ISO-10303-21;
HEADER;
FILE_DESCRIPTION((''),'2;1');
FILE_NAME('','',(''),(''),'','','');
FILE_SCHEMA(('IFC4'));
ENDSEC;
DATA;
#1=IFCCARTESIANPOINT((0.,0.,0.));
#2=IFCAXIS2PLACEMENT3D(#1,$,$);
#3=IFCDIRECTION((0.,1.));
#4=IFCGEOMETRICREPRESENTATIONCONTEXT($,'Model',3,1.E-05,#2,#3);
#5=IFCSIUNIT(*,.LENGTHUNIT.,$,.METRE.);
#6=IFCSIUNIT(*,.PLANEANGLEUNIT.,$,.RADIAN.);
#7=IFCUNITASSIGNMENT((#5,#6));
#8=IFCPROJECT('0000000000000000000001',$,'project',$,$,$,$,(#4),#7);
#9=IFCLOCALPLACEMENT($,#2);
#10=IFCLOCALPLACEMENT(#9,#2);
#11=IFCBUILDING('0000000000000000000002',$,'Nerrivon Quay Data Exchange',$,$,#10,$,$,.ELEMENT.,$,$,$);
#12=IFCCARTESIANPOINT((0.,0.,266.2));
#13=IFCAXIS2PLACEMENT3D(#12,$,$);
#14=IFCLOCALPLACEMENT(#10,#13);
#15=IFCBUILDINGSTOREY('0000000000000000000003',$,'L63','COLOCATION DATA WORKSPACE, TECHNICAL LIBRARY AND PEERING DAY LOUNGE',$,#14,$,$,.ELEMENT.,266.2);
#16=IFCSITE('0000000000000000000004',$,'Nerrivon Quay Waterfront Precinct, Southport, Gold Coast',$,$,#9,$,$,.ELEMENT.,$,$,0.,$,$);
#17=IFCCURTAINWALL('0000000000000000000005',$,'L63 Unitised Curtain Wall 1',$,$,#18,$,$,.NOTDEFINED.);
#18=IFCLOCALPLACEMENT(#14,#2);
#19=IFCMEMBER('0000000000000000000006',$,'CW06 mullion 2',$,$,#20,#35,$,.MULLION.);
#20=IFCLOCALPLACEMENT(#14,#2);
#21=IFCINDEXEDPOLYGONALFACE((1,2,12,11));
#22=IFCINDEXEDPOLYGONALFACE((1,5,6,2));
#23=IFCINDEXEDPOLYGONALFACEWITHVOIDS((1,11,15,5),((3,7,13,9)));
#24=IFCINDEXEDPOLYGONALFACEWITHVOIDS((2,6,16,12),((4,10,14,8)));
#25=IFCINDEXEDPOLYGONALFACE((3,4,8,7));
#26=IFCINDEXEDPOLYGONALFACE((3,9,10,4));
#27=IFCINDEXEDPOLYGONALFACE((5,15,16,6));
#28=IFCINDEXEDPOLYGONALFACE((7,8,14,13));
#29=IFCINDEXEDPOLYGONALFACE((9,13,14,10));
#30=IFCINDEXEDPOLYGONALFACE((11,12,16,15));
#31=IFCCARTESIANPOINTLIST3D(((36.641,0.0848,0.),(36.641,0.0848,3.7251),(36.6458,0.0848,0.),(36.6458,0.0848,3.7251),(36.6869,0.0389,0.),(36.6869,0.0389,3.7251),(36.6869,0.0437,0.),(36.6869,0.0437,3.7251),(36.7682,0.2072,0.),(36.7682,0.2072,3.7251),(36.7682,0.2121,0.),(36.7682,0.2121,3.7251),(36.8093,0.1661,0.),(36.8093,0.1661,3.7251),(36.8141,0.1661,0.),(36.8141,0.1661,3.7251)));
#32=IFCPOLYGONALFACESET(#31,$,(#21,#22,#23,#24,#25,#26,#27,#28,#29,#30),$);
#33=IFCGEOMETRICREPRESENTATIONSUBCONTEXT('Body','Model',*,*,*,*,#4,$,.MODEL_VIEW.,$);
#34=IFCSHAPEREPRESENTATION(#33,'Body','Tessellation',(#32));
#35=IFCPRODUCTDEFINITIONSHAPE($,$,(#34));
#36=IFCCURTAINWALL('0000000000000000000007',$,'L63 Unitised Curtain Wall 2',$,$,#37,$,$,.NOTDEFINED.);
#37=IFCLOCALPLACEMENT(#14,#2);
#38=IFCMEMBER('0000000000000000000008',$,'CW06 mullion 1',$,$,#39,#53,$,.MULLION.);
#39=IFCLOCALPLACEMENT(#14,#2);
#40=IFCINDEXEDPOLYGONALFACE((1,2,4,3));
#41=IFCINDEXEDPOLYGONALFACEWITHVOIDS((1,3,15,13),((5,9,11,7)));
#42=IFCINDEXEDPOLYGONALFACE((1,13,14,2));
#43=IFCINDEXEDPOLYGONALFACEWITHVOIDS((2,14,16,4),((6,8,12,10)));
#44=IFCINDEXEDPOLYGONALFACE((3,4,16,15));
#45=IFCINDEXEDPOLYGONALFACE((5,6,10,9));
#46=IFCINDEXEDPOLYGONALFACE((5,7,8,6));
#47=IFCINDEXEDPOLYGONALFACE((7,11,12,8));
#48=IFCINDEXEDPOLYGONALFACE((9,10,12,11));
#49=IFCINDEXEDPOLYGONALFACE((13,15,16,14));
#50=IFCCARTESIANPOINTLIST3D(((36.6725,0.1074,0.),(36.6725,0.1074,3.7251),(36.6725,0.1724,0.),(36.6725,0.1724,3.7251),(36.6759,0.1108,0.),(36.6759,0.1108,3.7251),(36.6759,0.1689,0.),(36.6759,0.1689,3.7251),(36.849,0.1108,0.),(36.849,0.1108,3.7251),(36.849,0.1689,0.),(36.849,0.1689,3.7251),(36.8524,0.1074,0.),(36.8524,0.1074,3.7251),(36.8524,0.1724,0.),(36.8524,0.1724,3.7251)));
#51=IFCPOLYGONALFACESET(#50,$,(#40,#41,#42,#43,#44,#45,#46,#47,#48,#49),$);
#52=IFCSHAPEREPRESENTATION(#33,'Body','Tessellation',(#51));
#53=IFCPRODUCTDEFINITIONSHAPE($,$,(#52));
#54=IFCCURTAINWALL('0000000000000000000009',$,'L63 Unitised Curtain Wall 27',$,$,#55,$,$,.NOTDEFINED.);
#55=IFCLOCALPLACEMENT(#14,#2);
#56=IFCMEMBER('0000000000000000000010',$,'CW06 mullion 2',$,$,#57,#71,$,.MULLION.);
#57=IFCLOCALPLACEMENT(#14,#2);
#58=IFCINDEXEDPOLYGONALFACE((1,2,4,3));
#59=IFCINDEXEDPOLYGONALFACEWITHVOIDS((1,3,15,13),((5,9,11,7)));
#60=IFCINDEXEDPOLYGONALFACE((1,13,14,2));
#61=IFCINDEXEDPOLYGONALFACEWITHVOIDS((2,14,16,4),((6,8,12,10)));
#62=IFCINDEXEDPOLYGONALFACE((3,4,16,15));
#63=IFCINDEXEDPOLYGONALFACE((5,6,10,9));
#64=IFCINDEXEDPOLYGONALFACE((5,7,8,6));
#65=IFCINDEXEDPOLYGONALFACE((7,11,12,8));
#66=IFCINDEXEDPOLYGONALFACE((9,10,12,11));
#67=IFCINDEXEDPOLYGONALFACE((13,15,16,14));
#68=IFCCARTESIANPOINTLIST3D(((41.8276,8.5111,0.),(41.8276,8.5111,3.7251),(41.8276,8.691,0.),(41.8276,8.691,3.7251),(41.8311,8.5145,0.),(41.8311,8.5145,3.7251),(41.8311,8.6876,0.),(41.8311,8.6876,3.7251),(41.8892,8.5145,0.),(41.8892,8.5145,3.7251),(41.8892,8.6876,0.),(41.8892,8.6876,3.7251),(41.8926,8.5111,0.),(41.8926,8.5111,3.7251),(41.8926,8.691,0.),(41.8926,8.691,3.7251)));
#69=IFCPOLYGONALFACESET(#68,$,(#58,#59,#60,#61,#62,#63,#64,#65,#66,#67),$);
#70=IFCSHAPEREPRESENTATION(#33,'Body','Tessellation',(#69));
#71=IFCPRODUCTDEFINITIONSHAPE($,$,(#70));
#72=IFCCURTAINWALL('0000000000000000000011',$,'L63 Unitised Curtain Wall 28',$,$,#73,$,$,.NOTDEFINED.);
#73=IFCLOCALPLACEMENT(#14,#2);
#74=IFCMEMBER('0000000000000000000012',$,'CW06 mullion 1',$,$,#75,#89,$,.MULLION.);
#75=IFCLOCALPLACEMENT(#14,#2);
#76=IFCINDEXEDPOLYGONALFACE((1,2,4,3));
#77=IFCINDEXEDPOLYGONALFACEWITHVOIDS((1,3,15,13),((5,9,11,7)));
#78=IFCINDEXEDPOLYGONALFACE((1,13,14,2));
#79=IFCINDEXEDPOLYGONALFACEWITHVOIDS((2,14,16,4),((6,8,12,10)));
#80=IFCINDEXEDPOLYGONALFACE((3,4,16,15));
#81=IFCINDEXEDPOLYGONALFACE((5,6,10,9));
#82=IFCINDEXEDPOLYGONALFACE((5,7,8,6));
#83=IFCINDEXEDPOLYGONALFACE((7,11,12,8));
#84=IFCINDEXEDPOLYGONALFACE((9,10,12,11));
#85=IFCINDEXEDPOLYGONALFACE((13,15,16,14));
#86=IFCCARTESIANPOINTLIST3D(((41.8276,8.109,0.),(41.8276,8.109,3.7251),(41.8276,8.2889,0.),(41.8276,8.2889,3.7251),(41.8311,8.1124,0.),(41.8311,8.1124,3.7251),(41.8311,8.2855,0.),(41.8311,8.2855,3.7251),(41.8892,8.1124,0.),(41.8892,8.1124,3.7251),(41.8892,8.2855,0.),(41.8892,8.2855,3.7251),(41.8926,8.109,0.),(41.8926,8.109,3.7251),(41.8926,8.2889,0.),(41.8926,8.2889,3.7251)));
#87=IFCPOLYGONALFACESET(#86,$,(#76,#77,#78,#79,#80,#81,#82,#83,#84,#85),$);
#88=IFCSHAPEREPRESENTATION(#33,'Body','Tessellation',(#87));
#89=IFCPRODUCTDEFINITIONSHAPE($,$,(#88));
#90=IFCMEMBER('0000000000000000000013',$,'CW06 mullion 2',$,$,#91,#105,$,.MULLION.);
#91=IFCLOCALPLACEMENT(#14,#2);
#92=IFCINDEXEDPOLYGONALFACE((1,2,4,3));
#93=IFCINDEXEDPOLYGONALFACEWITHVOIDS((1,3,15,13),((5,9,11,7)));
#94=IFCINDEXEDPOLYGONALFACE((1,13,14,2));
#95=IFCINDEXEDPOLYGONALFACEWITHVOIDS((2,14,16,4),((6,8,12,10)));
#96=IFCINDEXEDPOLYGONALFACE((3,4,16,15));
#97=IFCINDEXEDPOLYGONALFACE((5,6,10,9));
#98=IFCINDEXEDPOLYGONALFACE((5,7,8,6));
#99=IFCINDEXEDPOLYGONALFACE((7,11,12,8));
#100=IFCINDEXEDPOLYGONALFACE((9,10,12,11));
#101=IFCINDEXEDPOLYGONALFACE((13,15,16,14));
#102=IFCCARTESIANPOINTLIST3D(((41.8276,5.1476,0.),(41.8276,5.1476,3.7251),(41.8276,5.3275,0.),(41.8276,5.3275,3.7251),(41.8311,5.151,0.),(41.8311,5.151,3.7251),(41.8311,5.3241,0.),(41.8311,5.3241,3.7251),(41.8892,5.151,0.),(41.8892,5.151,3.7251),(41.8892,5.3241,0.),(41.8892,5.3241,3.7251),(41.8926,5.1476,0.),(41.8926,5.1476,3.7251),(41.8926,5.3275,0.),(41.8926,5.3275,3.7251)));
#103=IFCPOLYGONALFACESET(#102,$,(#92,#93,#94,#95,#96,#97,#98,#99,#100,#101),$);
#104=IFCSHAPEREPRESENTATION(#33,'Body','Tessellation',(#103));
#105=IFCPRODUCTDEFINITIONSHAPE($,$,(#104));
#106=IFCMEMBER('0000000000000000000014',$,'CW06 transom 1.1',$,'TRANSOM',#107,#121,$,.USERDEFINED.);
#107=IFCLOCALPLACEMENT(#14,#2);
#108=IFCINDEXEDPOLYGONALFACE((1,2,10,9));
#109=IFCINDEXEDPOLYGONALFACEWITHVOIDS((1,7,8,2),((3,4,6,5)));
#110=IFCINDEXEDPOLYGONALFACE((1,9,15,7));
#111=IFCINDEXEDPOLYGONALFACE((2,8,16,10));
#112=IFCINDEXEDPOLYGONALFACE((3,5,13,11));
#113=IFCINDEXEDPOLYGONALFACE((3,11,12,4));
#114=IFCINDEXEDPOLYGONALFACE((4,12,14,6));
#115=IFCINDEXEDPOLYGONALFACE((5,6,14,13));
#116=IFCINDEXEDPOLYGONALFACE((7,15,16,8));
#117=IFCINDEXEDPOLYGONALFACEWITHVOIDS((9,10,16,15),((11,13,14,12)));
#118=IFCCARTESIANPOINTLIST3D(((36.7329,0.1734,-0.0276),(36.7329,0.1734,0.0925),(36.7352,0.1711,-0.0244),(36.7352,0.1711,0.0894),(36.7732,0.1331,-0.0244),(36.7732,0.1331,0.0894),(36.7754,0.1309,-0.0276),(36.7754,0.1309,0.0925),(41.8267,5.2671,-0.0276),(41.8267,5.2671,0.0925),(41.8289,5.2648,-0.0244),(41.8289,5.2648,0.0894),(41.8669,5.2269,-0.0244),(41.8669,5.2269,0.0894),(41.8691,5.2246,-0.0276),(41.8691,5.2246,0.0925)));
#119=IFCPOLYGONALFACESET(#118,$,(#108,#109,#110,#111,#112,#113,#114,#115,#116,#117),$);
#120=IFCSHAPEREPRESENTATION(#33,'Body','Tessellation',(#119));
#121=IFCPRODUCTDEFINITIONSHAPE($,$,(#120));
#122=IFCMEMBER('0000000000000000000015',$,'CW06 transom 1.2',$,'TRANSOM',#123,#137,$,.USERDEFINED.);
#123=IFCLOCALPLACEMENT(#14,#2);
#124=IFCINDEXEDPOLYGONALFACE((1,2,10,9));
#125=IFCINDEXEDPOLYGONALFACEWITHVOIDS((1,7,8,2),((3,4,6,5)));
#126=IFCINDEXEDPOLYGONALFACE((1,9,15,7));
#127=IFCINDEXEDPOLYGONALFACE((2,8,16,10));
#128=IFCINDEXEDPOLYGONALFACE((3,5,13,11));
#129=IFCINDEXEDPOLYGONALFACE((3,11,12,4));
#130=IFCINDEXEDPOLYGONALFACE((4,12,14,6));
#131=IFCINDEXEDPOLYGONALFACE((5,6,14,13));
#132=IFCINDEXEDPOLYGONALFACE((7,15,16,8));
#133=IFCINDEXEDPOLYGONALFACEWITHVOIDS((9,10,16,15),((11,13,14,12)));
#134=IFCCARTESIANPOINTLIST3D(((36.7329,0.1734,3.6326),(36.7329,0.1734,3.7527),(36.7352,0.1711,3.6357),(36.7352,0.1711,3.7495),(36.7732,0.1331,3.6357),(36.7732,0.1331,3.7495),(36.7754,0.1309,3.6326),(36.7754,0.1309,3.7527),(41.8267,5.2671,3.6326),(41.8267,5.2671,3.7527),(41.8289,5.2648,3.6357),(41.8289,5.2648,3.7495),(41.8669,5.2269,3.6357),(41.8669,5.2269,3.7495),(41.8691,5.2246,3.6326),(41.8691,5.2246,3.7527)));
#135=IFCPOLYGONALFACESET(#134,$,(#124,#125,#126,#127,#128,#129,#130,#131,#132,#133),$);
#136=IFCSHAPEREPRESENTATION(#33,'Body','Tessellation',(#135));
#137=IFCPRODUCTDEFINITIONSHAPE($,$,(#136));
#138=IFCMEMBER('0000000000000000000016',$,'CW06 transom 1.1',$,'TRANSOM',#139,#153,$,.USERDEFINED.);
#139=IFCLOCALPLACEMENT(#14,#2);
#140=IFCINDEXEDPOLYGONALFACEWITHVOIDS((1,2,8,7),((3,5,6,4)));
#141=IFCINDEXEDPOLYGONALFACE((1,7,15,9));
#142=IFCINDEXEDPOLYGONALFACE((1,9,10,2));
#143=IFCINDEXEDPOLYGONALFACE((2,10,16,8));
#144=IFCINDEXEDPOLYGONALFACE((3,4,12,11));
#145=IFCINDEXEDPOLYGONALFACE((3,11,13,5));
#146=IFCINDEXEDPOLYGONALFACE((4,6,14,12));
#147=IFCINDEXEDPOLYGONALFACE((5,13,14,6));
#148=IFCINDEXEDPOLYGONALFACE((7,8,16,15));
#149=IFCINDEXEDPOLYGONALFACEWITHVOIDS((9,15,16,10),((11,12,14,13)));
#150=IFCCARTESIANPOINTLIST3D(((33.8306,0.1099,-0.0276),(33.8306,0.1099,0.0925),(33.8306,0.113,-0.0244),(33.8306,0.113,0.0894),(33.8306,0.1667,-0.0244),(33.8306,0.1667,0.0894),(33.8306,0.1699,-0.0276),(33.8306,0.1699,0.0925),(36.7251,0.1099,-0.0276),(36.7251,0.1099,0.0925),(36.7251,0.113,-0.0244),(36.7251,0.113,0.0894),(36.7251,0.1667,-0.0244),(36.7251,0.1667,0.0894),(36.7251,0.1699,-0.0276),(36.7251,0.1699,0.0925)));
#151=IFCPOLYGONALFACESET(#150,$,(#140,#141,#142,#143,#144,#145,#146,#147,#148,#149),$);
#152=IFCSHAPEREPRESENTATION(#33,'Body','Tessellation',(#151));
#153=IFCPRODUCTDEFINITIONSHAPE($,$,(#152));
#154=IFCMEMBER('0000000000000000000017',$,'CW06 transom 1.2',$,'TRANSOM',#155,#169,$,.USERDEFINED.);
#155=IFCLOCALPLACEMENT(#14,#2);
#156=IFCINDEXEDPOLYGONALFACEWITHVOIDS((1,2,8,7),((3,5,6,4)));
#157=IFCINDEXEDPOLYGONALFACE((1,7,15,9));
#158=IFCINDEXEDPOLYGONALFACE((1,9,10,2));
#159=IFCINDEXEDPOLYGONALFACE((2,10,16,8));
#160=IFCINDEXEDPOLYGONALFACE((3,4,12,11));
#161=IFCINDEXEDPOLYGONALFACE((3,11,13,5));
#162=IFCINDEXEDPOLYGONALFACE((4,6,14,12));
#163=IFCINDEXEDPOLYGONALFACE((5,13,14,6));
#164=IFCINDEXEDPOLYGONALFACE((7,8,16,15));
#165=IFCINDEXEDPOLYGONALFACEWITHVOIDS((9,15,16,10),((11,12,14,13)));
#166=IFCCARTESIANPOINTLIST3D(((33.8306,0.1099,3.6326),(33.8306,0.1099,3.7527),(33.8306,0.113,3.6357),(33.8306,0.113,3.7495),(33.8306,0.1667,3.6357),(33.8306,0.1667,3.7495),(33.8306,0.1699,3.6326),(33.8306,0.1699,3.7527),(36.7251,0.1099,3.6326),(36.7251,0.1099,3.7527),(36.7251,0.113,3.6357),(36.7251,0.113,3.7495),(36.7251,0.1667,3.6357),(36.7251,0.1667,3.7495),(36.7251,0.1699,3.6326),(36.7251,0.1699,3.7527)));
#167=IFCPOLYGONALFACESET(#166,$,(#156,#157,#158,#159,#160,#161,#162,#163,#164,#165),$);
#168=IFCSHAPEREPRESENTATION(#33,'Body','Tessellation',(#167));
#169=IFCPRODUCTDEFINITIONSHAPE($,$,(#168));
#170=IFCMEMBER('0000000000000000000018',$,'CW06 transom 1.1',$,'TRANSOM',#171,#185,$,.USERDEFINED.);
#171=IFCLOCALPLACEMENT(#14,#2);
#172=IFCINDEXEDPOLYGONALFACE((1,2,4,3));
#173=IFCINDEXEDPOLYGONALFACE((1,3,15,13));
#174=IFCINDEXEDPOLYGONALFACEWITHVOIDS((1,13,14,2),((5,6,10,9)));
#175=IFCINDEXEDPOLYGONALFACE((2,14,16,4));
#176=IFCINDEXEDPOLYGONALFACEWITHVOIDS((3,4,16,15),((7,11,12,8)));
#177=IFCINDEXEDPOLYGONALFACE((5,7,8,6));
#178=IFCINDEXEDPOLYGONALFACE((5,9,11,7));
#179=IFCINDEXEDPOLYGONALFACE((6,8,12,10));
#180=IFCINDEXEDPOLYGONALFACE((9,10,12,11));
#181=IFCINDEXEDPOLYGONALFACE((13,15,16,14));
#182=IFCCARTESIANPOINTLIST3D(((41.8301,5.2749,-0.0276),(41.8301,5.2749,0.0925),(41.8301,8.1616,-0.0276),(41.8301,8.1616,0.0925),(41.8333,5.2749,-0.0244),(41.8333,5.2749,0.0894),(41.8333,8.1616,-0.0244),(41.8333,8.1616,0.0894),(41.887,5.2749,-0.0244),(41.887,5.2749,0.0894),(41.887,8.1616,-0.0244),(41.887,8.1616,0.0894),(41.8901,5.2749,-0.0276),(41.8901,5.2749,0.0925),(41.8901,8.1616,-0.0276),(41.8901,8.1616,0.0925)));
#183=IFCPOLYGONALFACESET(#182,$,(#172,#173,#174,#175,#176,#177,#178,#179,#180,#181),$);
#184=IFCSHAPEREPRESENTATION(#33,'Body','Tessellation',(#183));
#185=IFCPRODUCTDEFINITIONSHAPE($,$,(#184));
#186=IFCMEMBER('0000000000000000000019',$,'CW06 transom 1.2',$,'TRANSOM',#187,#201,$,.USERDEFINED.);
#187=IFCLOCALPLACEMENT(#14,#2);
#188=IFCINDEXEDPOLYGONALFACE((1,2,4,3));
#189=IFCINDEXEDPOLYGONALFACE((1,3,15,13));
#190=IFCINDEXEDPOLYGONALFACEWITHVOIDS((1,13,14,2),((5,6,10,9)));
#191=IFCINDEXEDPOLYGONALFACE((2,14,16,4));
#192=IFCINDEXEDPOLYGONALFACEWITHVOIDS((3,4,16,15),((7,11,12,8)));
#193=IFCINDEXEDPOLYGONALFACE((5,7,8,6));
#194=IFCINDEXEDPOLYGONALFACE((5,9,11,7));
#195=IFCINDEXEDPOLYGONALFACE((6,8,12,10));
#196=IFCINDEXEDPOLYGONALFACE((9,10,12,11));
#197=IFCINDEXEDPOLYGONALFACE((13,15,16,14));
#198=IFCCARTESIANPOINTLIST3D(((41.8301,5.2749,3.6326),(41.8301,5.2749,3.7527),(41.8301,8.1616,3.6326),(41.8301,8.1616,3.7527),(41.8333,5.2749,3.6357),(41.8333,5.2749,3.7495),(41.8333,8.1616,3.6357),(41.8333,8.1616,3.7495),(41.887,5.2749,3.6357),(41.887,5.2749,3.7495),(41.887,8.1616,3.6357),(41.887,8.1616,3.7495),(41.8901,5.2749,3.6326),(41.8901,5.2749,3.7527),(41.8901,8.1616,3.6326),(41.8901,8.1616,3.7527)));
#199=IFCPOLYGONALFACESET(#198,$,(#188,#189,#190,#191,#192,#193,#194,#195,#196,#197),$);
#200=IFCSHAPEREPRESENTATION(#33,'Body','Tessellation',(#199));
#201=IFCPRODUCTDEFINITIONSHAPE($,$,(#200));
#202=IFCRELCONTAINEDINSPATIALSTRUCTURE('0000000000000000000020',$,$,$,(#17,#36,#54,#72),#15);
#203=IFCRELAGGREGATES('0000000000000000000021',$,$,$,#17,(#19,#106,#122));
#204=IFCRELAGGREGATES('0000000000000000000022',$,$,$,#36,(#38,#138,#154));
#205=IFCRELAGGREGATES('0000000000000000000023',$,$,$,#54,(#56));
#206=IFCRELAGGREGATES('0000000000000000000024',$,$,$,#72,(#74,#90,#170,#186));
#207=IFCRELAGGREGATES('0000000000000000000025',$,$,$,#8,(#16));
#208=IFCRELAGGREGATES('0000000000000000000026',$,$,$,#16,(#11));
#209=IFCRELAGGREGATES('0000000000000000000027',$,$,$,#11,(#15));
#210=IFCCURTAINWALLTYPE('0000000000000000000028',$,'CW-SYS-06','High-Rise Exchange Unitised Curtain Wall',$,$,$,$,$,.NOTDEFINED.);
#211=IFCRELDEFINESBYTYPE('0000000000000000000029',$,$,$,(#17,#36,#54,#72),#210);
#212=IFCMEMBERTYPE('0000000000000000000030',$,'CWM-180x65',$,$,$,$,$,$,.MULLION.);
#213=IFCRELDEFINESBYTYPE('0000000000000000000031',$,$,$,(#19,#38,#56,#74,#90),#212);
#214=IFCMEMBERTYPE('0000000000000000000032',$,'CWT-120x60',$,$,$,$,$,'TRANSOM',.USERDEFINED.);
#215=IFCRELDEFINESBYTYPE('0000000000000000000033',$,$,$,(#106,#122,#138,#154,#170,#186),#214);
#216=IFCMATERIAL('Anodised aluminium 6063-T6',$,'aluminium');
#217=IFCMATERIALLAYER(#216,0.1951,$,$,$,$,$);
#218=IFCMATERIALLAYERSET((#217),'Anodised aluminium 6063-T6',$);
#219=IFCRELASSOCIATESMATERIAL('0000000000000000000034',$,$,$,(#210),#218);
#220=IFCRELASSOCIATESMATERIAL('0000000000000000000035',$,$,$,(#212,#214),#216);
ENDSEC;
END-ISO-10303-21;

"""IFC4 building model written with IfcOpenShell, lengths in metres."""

from ifc_helpers import new_model, si_unit, direction, frame, origin, origin_2d, place, context, subcontext, project, spatial, hollow_rectangle, extrude, material, layer, layer_set, material_profile, profile_set, type_object, element, aggregate, save


model = new_model("IFC4")

# Units and contexts
model_context = context("Model", 3, precision=1e-05, world=origin(), true_north=direction((0.0, 1.0)))
body_context = subcontext(model_context, "Body", "Model", "MODEL_VIEW")
ifc_project = project(units=[si_unit("LENGTHUNIT", "METRE"), si_unit("PLANEANGLEUNIT", "RADIAN")], contexts=[model_context])

# Site, building, storey
site_placement = place(None, origin())
site = spatial("IfcSite", under=ifc_project, at=site_placement, Name="Nerrivon Quay Waterfront Precinct, Southport, Gold Coast", CompositionType="ELEMENT", RefElevation=0.0)
building_placement = place(site_placement, origin())
building = spatial("IfcBuilding", under=site, at=building_placement, Name="Nerrivon Quay Data Exchange", CompositionType="ELEMENT")
storey_placement = place(building_placement, frame((0.0, 0.0, 266.2)))
storey = spatial("IfcBuildingStorey", under=building, at=storey_placement, Name="L63", Description="COLOCATION DATA WORKSPACE, TECHNICAL LIBRARY AND PEERING DAY LOUNGE", CompositionType="ELEMENT", Elevation=266.2)

# Curtain wall, member
ifc_material_1 = material(Name="Anodised aluminium 6063-T6", Category="aluminium")
ifc_layer_1 = layer(ifc_material_1, 0.1951)
ifc_layer_set_1 = layer_set([ifc_layer_1], Name="Anodised aluminium 6063-T6")
curtain_wall_type = type_object("IfcCurtainWallType", Name="CW-SYS-06", Description="High-Rise Exchange Unitised Curtain Wall", PredefinedType="NOTDEFINED", material=ifc_layer_set_1)
curtain_wall_1_placement = place(storey_placement, origin())
curtain_wall_1 = element("IfcCurtainWall", 1, at=curtain_wall_1_placement, inside=storey, type_object=curtain_wall_type, Name="L63 Unitised Curtain Wall 1", PredefinedType="NOTDEFINED")
ifc_material_profile_1 = material_profile(ifc_material_1, hollow_rectangle(XDim=0.0649, YDim=0.1799, WallThickness=0.0034, at=origin_2d()), Name="ALU-MULL-180x65")
ifc_profile_set_1 = profile_set([ifc_material_profile_1], Name="Anodised aluminium 6063-T6")
member_type_1 = type_object("IfcMemberType", Name="CWM-180x65", PredefinedType="MULLION", material=ifc_profile_set_1)
member_1_placement = place(storey_placement, frame((36.7275, 0.1255, 0.0), z_axis=(0.0, 0.0, 1.0), x_axis=(0.707107, -0.707107, 0.0)))
member_1 = element("IfcMember", 2, at=member_1_placement, type_object=member_type_1, Name="CW06 mullion 2", PredefinedType="MULLION", context=body_context, shape_type="SweptSolid", body=[
    extrude(hollow_rectangle(XDim=0.0649, YDim=0.1799, WallThickness=0.0034, at=origin_2d()), origin(), (0.0, 0.0, 1.0), 3.7251),
])

# Curtain walls, members
curtain_wall_2_placement = place(storey_placement, origin())
curtain_wall_2 = element("IfcCurtainWall", 3, at=curtain_wall_2_placement, inside=storey, type_object=curtain_wall_type, Name="L63 Unitised Curtain Wall 2", PredefinedType="NOTDEFINED")
member_2_placement = place(storey_placement, frame((36.7625, 0.1399, 0.0), z_axis=(0.0, 0.0, 1.0), x_axis=(0.0, -1.0, 0.0)))
member_2 = element("IfcMember", 4, at=member_2_placement, type_object=member_type_1, Name="CW06 mullion 1", PredefinedType="MULLION", context=body_context, shape_type="SweptSolid", body=[
    extrude(hollow_rectangle(XDim=0.0649, YDim=0.1799, WallThickness=0.0034, at=origin_2d()), origin(), (0.0, 0.0, 1.0), 3.7251),
])
curtain_wall_3_placement = place(storey_placement, origin())
curtain_wall_3 = element("IfcCurtainWall", 5, at=curtain_wall_3_placement, inside=storey, type_object=curtain_wall_type, Name="L63 Unitised Curtain Wall 27", PredefinedType="NOTDEFINED")
member_3_placement = place(storey_placement, frame((41.8601, 8.6011, 0.0), z_axis=(0.0, 0.0, 1.0), x_axis=(1.0, 0.0, 0.0)))
member_3 = element("IfcMember", 6, at=member_3_placement, type_object=member_type_1, Name="CW06 mullion 2", PredefinedType="MULLION", context=body_context, shape_type="SweptSolid", body=[
    extrude(hollow_rectangle(XDim=0.0649, YDim=0.1799, WallThickness=0.0034, at=origin_2d()), origin(), (0.0, 0.0, 1.0), 3.7251),
])

# Curtain wall, members
curtain_wall_4_placement = place(storey_placement, origin())
curtain_wall_4 = element("IfcCurtainWall", 7, at=curtain_wall_4_placement, inside=storey, type_object=curtain_wall_type, Name="L63 Unitised Curtain Wall 28", PredefinedType="NOTDEFINED")
member_4_placement = place(storey_placement, frame((41.8601, 8.199, 0.0), z_axis=(0.0, 0.0, 1.0), x_axis=(1.0, 0.0, 0.0)))
member_4 = element("IfcMember", 8, at=member_4_placement, type_object=member_type_1, Name="CW06 mullion 1", PredefinedType="MULLION", context=body_context, shape_type="SweptSolid", body=[
    extrude(hollow_rectangle(XDim=0.0649, YDim=0.1799, WallThickness=0.0034, at=origin_2d()), origin(), (0.0, 0.0, 1.0), 3.7251),
])
member_5_placement = place(storey_placement, frame((41.8601, 5.2375, 0.0), z_axis=(0.0, 0.0, 1.0), x_axis=(1.0, 0.0, 0.0)))
member_5 = element("IfcMember", 9, at=member_5_placement, type_object=member_type_1, Name="CW06 mullion 2", PredefinedType="MULLION", context=body_context, shape_type="SweptSolid", body=[
    extrude(hollow_rectangle(XDim=0.0649, YDim=0.1799, WallThickness=0.0034, at=origin_2d()), origin(), (0.0, 0.0, 1.0), 3.7251),
])

# Members
ifc_material_profile_2 = material_profile(ifc_material_1, hollow_rectangle(XDim=0.0601, YDim=0.1201, WallThickness=0.0032, at=origin_2d()), Name="ALU-TRAN-120x60")
ifc_profile_set_2 = profile_set([ifc_material_profile_2], Name="Anodised aluminium 6063-T6")
member_type_2 = type_object("IfcMemberType", Name="CWT-120x60", ElementType="TRANSOM", PredefinedType="USERDEFINED", material=ifc_profile_set_2)
member_6_placement = place(storey_placement, frame((41.8479, 5.2458, 0.0325), z_axis=(-0.707107, -0.707107, 0.0), x_axis=(0.707107, -0.707107, 0.0)))
member_6 = element("IfcMember", 10, at=member_6_placement, type_object=member_type_2, Name="CW06 transom 1.1", ObjectType="TRANSOM", PredefinedType="USERDEFINED", context=body_context, shape_type="SweptSolid", body=[
    extrude(hollow_rectangle(XDim=0.0601, YDim=0.1201, WallThickness=0.0032, at=origin_2d()), origin(), (0.0, 0.0, 1.0), 7.2036),
])
member_7_placement = place(storey_placement, frame((41.8479, 5.2458, 3.6926), z_axis=(-0.707107, -0.707107, 0.0), x_axis=(0.707107, -0.707107, 0.0)))
member_7 = element("IfcMember", 11, at=member_7_placement, type_object=member_type_2, Name="CW06 transom 1.2", ObjectType="TRANSOM", PredefinedType="USERDEFINED", context=body_context, shape_type="SweptSolid", body=[
    extrude(hollow_rectangle(XDim=0.0601, YDim=0.1201, WallThickness=0.0032, at=origin_2d()), origin(), (0.0, 0.0, 1.0), 7.2036),
])
member_8_placement = place(storey_placement, frame((36.7251, 0.1399, 0.0325), z_axis=(-1.0, 0.0, 0.0), x_axis=(0.0, -1.0, 0.0)))
member_8 = element("IfcMember", 12, at=member_8_placement, type_object=member_type_2, Name="CW06 transom 1.1", ObjectType="TRANSOM", PredefinedType="USERDEFINED", context=body_context, shape_type="SweptSolid", body=[
    extrude(hollow_rectangle(XDim=0.0601, YDim=0.1201, WallThickness=0.0032, at=origin_2d()), origin(), (0.0, 0.0, 1.0), 2.8945),
])
member_9_placement = place(storey_placement, frame((36.7251, 0.1399, 3.6926), z_axis=(-1.0, 0.0, 0.0), x_axis=(0.0, -1.0, 0.0)))
member_9 = element("IfcMember", 13, at=member_9_placement, type_object=member_type_2, Name="CW06 transom 1.2", ObjectType="TRANSOM", PredefinedType="USERDEFINED", context=body_context, shape_type="SweptSolid", body=[
    extrude(hollow_rectangle(XDim=0.0601, YDim=0.1201, WallThickness=0.0032, at=origin_2d()), origin(), (0.0, 0.0, 1.0), 2.8945),
])
member_10_placement = place(storey_placement, frame((41.8601, 8.1616, 0.0325), z_axis=(0.0, -1.0, 0.0), x_axis=(1.0, 0.0, 0.0)))
member_10 = element("IfcMember", 14, at=member_10_placement, type_object=member_type_2, Name="CW06 transom 1.1", ObjectType="TRANSOM", PredefinedType="USERDEFINED", context=body_context, shape_type="SweptSolid", body=[
    extrude(hollow_rectangle(XDim=0.0601, YDim=0.1201, WallThickness=0.0032, at=origin_2d()), origin(), (0.0, 0.0, 1.0), 2.8867),
])
member_11_placement = place(storey_placement, frame((41.8601, 8.1616, 3.6926), z_axis=(0.0, -1.0, 0.0), x_axis=(1.0, 0.0, 0.0)))
member_11 = element("IfcMember", 15, at=member_11_placement, type_object=member_type_2, Name="CW06 transom 1.2", ObjectType="TRANSOM", PredefinedType="USERDEFINED", context=body_context, shape_type="SweptSolid", body=[
    extrude(hollow_rectangle(XDim=0.0601, YDim=0.1201, WallThickness=0.0032, at=origin_2d()), origin(), (0.0, 0.0, 1.0), 2.8867),
])

aggregate(curtain_wall_1, [member_1, member_6, member_7])
aggregate(curtain_wall_2, [member_2, member_8, member_9])
aggregate(curtain_wall_3, [member_3])
aggregate(curtain_wall_4, [member_4, member_5, member_10, member_11])

save(model, "model.ifc")
